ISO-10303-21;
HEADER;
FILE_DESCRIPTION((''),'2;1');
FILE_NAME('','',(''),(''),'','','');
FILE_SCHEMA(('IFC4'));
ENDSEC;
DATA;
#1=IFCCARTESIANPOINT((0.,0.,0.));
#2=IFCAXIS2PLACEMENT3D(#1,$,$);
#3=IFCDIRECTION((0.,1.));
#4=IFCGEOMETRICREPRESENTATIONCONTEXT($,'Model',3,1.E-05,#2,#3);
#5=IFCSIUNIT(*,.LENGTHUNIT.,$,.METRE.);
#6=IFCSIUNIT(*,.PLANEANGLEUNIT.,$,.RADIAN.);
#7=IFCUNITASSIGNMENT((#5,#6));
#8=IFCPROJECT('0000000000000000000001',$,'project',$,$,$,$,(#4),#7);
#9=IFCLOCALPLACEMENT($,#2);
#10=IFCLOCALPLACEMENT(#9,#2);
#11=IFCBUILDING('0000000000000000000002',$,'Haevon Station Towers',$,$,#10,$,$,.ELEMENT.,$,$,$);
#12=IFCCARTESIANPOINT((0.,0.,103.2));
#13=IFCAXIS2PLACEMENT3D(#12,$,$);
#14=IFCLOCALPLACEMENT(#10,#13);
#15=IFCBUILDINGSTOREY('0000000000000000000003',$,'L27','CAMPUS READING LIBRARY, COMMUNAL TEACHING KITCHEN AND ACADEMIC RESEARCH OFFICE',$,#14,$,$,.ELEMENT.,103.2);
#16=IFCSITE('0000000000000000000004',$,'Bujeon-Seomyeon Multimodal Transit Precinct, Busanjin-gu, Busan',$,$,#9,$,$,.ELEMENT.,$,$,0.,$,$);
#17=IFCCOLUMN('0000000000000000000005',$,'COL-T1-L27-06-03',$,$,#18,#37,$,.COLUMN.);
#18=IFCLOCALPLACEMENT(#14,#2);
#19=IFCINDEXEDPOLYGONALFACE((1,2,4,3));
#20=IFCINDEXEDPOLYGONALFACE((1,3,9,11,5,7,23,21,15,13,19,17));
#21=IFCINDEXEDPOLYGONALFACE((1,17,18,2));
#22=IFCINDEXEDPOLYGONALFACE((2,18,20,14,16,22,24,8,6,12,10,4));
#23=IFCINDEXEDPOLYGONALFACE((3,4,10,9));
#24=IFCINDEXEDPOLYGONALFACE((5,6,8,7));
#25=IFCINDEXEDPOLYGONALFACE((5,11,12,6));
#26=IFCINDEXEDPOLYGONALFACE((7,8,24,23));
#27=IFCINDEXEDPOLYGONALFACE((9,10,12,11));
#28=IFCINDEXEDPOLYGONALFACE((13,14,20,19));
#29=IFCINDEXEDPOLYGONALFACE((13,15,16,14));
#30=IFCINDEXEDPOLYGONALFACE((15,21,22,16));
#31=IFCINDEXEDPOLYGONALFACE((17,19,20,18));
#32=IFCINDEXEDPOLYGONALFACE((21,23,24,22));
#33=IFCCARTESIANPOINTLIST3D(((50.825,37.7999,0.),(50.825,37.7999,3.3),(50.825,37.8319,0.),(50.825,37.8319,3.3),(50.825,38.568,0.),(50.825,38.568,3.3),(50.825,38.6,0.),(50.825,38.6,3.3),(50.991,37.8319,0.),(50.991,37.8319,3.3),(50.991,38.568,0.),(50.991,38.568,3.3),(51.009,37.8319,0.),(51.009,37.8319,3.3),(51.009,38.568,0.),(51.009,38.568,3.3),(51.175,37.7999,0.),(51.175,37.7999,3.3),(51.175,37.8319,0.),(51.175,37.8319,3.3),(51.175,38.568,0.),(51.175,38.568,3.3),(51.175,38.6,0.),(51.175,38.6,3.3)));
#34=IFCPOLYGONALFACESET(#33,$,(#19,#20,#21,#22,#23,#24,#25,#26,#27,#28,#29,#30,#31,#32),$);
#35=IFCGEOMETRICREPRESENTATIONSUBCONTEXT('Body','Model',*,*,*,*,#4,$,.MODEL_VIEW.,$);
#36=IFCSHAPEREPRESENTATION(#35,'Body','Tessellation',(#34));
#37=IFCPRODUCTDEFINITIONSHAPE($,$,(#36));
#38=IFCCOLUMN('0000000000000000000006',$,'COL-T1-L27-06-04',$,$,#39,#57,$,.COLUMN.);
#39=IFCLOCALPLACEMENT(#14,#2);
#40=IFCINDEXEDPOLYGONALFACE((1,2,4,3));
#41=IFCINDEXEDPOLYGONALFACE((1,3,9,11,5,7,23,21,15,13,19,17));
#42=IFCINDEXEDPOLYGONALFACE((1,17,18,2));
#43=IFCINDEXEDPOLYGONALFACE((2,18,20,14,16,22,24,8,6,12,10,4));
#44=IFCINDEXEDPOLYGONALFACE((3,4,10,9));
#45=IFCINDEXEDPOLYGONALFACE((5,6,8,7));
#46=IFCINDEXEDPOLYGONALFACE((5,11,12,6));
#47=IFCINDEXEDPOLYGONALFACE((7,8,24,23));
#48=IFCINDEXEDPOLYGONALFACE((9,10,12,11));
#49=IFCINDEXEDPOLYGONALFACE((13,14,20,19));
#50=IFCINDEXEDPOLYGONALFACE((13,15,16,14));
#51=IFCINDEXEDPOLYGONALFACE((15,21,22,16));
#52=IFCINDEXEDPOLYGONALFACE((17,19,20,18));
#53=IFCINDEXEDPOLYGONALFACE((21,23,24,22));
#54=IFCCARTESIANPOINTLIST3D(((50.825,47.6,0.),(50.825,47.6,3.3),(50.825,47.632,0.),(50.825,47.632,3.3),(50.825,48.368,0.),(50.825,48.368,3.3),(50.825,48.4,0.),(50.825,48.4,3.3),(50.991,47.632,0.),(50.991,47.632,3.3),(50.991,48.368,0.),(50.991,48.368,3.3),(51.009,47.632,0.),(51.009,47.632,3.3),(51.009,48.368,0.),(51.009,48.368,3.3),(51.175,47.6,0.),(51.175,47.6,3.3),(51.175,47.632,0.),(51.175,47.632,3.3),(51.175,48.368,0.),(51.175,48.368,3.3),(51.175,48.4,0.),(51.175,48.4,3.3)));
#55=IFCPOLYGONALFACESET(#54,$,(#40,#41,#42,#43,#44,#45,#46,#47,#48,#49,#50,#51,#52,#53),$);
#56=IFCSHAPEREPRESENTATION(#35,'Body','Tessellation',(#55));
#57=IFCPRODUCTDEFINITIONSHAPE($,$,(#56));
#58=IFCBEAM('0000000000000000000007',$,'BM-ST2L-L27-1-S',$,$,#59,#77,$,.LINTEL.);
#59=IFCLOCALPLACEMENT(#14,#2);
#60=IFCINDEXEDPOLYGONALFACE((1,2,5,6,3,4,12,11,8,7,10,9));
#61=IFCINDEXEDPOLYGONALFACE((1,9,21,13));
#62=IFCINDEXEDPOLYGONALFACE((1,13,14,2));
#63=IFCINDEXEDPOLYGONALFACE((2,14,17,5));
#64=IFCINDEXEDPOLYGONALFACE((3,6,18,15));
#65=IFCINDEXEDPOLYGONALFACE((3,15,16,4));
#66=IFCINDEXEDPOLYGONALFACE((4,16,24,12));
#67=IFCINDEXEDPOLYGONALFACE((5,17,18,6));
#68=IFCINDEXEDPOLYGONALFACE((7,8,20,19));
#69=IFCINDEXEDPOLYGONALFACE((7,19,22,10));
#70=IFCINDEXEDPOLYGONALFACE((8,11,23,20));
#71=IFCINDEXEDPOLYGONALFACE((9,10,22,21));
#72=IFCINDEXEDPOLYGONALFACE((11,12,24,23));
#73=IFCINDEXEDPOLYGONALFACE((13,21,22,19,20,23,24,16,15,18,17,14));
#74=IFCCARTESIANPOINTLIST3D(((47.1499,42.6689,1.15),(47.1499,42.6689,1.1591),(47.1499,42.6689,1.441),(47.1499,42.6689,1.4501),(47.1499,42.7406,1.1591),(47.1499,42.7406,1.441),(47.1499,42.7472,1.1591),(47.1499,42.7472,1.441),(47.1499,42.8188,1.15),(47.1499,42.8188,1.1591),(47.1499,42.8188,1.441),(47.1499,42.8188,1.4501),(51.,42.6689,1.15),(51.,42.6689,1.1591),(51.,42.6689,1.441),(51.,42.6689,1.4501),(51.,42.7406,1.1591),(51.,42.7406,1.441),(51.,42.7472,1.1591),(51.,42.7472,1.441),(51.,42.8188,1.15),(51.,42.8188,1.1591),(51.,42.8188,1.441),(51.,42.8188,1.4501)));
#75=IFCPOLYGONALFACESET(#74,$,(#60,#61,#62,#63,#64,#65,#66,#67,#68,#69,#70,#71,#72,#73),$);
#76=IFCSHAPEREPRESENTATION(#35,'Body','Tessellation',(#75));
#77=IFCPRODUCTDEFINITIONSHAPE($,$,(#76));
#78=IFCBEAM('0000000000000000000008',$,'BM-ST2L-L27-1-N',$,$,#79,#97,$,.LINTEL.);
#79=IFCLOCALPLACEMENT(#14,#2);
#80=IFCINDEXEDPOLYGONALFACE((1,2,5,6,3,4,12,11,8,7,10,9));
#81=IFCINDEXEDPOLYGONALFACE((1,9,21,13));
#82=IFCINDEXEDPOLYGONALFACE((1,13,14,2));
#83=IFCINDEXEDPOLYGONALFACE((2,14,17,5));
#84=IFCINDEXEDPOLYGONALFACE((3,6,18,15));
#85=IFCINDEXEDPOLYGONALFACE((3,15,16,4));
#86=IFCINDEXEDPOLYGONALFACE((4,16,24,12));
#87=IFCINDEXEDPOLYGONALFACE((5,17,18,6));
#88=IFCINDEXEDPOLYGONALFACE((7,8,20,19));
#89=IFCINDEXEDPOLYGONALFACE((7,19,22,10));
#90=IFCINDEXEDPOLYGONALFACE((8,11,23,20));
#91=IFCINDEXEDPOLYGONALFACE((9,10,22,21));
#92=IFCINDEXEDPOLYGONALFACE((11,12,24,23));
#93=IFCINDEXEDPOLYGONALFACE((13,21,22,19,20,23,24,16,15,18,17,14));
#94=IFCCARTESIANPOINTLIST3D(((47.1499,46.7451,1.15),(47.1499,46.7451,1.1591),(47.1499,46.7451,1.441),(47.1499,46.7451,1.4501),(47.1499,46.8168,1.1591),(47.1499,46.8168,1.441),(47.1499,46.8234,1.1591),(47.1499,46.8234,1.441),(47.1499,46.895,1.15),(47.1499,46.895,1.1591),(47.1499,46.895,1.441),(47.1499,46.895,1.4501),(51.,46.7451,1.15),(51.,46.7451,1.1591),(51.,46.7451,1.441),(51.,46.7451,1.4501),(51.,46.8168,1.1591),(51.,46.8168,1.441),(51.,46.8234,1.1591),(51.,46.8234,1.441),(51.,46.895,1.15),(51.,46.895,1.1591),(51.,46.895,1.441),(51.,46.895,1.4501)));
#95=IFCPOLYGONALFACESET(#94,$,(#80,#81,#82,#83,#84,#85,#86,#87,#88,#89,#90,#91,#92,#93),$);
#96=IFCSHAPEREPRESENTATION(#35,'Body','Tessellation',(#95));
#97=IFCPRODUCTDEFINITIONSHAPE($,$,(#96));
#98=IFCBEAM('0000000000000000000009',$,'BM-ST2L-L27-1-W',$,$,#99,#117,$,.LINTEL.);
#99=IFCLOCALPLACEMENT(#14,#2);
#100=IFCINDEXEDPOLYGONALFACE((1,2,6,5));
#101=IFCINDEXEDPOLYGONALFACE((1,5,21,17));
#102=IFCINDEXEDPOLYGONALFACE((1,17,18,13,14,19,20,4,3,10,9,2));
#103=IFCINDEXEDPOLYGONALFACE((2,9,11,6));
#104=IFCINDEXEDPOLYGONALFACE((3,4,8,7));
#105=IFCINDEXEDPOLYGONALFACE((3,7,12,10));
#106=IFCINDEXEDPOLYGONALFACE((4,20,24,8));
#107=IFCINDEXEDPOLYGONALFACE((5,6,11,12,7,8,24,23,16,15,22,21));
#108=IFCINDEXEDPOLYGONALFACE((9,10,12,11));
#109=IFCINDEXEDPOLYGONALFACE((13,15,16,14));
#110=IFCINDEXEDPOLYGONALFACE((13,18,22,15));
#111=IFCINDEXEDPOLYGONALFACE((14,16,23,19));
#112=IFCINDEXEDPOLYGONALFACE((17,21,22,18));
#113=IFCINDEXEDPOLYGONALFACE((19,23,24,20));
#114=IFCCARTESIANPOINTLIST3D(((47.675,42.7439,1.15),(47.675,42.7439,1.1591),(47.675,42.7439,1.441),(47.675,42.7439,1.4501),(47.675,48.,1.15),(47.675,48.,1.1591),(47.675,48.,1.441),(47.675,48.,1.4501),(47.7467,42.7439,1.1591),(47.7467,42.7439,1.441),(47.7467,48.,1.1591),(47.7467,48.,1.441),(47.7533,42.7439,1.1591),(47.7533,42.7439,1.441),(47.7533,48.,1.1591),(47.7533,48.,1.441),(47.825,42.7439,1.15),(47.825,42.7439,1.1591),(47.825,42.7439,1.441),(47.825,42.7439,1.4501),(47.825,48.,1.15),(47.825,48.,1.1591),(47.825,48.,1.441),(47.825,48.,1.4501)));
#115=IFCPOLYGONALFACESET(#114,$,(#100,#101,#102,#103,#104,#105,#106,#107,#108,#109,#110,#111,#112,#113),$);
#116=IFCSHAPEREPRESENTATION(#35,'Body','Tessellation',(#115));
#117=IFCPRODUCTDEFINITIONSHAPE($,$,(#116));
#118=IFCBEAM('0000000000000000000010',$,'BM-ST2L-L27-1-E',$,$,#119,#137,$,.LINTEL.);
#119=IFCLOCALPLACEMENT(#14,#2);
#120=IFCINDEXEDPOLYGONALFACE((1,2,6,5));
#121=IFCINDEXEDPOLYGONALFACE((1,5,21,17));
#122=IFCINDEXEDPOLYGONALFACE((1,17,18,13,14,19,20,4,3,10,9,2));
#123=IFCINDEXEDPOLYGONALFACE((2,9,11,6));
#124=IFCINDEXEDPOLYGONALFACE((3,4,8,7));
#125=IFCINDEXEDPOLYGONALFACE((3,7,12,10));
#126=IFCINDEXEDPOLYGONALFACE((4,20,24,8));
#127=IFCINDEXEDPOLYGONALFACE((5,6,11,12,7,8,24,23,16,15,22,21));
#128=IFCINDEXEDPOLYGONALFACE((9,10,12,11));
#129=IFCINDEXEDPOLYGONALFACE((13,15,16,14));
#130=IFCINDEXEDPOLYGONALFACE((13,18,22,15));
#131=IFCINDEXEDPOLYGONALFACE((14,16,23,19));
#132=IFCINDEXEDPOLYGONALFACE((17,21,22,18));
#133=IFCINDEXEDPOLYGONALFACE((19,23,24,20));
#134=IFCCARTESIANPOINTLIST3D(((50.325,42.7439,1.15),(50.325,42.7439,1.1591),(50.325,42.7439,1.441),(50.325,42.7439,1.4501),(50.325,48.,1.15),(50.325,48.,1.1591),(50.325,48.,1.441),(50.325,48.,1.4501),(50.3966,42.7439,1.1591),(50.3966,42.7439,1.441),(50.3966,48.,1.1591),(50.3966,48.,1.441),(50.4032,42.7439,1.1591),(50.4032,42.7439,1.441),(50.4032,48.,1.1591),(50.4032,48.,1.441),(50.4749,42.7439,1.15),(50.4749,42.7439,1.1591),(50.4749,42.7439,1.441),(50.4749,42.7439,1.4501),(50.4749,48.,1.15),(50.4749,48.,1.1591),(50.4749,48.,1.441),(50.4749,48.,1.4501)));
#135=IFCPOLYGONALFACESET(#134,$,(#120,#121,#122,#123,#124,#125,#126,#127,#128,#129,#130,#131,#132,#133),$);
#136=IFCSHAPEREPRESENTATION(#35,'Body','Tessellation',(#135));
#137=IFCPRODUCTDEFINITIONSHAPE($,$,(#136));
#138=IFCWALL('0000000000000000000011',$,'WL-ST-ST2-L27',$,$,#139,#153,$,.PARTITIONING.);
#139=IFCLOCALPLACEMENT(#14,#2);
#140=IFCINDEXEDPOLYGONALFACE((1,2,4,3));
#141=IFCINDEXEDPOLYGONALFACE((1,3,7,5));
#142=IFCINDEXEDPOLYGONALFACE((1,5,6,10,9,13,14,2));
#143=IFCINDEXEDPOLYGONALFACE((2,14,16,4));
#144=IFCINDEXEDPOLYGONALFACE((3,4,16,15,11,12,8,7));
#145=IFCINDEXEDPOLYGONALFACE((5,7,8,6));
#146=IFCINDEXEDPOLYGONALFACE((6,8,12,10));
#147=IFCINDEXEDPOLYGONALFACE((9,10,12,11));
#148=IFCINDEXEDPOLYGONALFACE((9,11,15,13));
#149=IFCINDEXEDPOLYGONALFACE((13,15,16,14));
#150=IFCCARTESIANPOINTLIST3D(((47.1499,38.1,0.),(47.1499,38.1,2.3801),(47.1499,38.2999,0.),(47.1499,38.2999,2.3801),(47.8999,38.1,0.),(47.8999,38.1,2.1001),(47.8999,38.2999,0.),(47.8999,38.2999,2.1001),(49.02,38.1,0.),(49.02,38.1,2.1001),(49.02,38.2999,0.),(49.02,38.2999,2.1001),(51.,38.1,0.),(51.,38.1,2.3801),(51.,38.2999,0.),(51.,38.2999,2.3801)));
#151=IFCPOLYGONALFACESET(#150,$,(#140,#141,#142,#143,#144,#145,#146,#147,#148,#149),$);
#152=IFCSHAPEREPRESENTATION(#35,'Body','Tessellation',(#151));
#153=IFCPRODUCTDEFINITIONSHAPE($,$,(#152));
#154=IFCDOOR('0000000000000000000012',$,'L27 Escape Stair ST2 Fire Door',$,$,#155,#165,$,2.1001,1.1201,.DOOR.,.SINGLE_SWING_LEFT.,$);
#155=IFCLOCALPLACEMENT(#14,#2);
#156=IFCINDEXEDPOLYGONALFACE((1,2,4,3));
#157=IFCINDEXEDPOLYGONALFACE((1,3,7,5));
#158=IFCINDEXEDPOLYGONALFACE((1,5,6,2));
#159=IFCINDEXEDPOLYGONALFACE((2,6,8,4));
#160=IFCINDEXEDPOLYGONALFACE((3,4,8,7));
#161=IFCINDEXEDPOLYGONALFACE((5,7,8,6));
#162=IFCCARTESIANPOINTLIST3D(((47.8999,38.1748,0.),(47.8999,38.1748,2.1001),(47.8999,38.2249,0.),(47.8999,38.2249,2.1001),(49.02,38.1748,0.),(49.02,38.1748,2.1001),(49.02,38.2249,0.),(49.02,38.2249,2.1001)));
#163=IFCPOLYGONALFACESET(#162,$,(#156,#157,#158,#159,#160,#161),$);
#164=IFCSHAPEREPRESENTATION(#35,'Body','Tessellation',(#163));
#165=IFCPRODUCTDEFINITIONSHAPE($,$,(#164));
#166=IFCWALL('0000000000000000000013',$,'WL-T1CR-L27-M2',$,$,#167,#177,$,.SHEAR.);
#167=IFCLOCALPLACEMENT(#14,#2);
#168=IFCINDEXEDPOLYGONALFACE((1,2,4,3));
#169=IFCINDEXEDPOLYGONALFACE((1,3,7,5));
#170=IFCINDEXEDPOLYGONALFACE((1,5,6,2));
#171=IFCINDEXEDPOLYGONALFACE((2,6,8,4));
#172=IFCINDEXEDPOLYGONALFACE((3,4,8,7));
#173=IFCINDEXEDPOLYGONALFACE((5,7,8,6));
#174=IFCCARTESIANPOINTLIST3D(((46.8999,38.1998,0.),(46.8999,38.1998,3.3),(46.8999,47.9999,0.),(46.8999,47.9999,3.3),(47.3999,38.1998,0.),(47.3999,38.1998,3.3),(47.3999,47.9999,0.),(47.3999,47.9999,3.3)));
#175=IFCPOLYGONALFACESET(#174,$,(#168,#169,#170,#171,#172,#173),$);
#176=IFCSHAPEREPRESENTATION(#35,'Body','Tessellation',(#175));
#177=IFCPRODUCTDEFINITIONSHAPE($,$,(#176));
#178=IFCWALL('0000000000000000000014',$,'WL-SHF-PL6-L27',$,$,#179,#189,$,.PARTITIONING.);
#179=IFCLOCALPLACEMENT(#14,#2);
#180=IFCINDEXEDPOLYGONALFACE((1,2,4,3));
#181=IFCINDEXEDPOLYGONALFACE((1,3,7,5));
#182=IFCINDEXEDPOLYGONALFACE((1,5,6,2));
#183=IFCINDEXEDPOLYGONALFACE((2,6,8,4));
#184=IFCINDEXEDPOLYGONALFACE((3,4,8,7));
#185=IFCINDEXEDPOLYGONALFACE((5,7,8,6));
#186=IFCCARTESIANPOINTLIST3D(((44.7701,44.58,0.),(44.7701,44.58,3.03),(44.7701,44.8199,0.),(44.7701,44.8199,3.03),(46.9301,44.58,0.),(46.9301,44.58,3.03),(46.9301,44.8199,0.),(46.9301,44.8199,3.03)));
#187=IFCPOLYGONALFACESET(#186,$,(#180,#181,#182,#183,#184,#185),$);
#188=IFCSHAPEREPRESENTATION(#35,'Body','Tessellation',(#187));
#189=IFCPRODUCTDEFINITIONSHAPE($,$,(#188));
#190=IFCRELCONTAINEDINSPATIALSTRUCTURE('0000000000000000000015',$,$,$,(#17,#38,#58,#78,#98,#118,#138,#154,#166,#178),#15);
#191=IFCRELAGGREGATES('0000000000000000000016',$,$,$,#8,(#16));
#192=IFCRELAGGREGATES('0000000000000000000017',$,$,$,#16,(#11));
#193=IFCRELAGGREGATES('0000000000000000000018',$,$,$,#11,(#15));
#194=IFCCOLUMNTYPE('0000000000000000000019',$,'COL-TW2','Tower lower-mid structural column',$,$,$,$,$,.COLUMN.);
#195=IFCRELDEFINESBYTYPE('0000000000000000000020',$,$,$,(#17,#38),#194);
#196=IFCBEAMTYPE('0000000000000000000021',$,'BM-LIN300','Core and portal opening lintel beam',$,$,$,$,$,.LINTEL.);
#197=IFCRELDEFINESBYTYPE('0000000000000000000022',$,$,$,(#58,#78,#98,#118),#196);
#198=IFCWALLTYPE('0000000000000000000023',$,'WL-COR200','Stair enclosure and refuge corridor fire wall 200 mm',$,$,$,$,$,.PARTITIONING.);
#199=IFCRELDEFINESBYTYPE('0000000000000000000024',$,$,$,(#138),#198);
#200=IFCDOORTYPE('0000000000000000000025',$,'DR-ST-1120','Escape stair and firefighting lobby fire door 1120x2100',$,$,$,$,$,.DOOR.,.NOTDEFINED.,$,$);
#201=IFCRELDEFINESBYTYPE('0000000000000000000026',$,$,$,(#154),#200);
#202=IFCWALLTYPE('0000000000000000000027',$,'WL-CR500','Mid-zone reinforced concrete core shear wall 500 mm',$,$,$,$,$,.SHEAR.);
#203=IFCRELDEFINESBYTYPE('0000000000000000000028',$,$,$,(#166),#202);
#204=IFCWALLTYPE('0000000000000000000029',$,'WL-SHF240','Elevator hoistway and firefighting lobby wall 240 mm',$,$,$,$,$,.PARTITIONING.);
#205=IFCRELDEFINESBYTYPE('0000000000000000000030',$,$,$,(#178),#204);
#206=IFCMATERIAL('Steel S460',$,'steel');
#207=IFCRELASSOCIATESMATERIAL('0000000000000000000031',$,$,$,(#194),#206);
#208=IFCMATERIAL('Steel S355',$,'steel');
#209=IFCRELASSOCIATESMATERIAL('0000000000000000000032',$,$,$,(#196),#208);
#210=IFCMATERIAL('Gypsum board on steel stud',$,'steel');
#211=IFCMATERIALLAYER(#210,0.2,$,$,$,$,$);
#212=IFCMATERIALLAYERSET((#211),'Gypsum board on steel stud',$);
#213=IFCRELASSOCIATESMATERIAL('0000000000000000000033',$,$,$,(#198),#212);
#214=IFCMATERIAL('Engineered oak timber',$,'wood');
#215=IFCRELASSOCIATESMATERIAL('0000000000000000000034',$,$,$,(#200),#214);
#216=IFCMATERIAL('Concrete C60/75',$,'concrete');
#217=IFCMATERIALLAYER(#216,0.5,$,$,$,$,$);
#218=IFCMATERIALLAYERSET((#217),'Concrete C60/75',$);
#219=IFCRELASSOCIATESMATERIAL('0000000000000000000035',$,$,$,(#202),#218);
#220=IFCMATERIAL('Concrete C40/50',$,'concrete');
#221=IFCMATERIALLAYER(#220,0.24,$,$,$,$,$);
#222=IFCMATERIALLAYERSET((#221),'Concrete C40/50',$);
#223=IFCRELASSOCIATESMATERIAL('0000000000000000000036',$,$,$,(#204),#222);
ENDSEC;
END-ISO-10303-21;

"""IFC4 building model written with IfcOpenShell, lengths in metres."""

from ifc_helpers import new_model, si_unit, direction, frame, frame_2d, origin, origin_2d, place, context, subcontext, project, spatial, rectangle, i_section, extrude, material, layer, layer_set, material_profile, profile_set, type_object, element, fill, save


model = new_model("IFC4")

# Units and contexts
model_context = context("Model", 3, precision=1e-05, world=origin(), true_north=direction((0.0, 1.0)))
body_context = subcontext(model_context, "Body", "Model", "MODEL_VIEW")
ifc_project = project(units=[si_unit("LENGTHUNIT", "METRE"), si_unit("PLANEANGLEUNIT", "RADIAN")], contexts=[model_context])

# Site, building, storey
site_placement = place(None, origin())
site = spatial("IfcSite", under=ifc_project, at=site_placement, Name="Bujeon-Seomyeon Multimodal Transit Precinct, Busanjin-gu, Busan", CompositionType="ELEMENT", RefElevation=0.0)
building_placement = place(site_placement, origin())
building = spatial("IfcBuilding", under=site, at=building_placement, Name="Haevon Station Towers", CompositionType="ELEMENT")
storey_placement = place(building_placement, frame((0.0, 0.0, 103.2)))
storey = spatial("IfcBuildingStorey", under=building, at=storey_placement, Name="L27", Description="CAMPUS READING LIBRARY, COMMUNAL TEACHING KITCHEN AND ACADEMIC RESEARCH OFFICE", CompositionType="ELEMENT", Elevation=103.2)

# Columns
ifc_material_1 = material(Name="Steel S460", Category="steel")
ifc_material_profile_1 = material_profile(ifc_material_1, i_section(OverallWidth=0.3501, OverallDepth=0.8, WebThickness=0.0181, FlangeThickness=0.032, at=origin_2d()), Name="H-800x350x18x32")
ifc_profile_set_1 = profile_set([ifc_material_profile_1], Name="Steel S460")
column_type = type_object("IfcColumnType", Name="COL-TW2", Description="Tower lower-mid structural column", PredefinedType="COLUMN", material=ifc_profile_set_1)
for number, where, z_axis, x_axis, name in (
    (1, (51.0, 38.2, 0.0), (0.0, 0.0, 1.0), (1.0, 0.0, 0.0), "COL-T1-L27-06-03"),
    (2, (51.0, 48.0, 0.0), (0.0, 0.0, 1.0), (1.0, 0.0, 0.0), "COL-T1-L27-06-04"),
):
    element("IfcColumn", number, at=place(storey_placement, frame(where, z_axis=z_axis, x_axis=x_axis)), inside=storey, type_object=column_type, Name=name, PredefinedType="COLUMN", context=body_context, shape_type="SweptSolid", body=[
        extrude(i_section(OverallWidth=0.3501, OverallDepth=0.8, WebThickness=0.0181, FlangeThickness=0.032, at=origin_2d()), origin(), (0.0, 0.0, 1.0), 3.3),
    ])

# Beams
ifc_material_2 = material(Name="Steel S355", Category="steel")
ifc_material_profile_2 = material_profile(ifc_material_2, i_section(OverallWidth=0.1499, OverallDepth=0.3, WebThickness=0.0066, FlangeThickness=0.009, at=origin_2d()), Name="H-300x150x6.5x9")
ifc_profile_set_2 = profile_set([ifc_material_profile_2], Name="Steel S355")
beam_type = type_object("IfcBeamType", Name="BM-LIN300", Description="Core and portal opening lintel beam", PredefinedType="LINTEL", material=ifc_profile_set_2)
for number, where, z_axis, x_axis, name in (
    (3, (47.1499, 42.7439, 1.3), (1.0, 0.0, 0.0), (0.0, 1.0, 0.0), "BM-ST2L-L27-1-S"),
    (4, (47.1499, 46.8201, 1.3), (1.0, 0.0, 0.0), (0.0, 1.0, 0.0), "BM-ST2L-L27-1-N"),
):
    element("IfcBeam", number, at=place(storey_placement, frame(where, z_axis=z_axis, x_axis=x_axis)), inside=storey, type_object=beam_type, Name=name, PredefinedType="LINTEL", context=body_context, shape_type="SweptSolid", body=[
        extrude(i_section(OverallWidth=0.1499, OverallDepth=0.3, WebThickness=0.0066, FlangeThickness=0.009, at=origin_2d()), origin(), (0.0, 0.0, 1.0), 3.8501),
    ])
for number, where, z_axis, x_axis, name in (
    (5, (47.75, 42.7439, 1.3), (0.0, 1.0, 0.0), (-1.0, 0.0, 0.0), "BM-ST2L-L27-1-W"),
    (6, (50.3999, 42.7439, 1.3), (0.0, 1.0, 0.0), (-1.0, 0.0, 0.0), "BM-ST2L-L27-1-E"),
):
    element("IfcBeam", number, at=place(storey_placement, frame(where, z_axis=z_axis, x_axis=x_axis)), inside=storey, type_object=beam_type, Name=name, PredefinedType="LINTEL", context=body_context, shape_type="SweptSolid", body=[
        extrude(i_section(OverallWidth=0.1499, OverallDepth=0.3, WebThickness=0.0066, FlangeThickness=0.009, at=origin_2d()), origin(), (0.0, 0.0, 1.0), 5.2561),
    ])

# Wall, opening, door
ifc_material_3 = material(Name="Gypsum board on steel stud", Category="steel")
ifc_layer_1 = layer(ifc_material_3, 0.2)
ifc_layer_set_1 = layer_set([ifc_layer_1], Name="Gypsum board on steel stud")
wall_type_1 = type_object("IfcWallType", Name="WL-COR200", Description="Stair enclosure and refuge corridor fire wall 200 mm", PredefinedType="PARTITIONING", material=ifc_layer_set_1)
wall_1_placement = place(storey_placement, frame((47.1499, 38.2, 0.0), z_axis=(0.0, 0.0, 1.0), x_axis=(1.0, 0.0, 0.0)))
wall_1 = element("IfcWall", 7, at=wall_1_placement, inside=storey, type_object=wall_type_1, Name="WL-ST-ST2-L27", PredefinedType="PARTITIONING", context=body_context, shape_type="SweptSolid", body=[
    extrude(rectangle(XDim=3.8501, YDim=0.2, at=frame_2d((1.925, 0.0))), origin(), (0.0, 0.0, 1.0), 2.3801),
])
opening_placement = place(wall_1_placement, frame((0.75, 0.0, 0.0)))
opening = element("IfcOpeningElement", 8, at=opening_placement, cuts=wall_1, PredefinedType="OPENING", context=body_context, shape_type="SweptSolid", body=[
    extrude(rectangle(XDim=1.1201, YDim=2.1001, at=frame_2d((0.5601, 1.05))), frame((0.0, 0.1099, 0.0), z_axis=(0.0, -1.0, 0.0), x_axis=(1.0, 0.0, 0.0)), (0.0, 0.0, 1.0), 0.22),
])
ifc_material_4 = material(Name="Engineered oak timber", Category="wood")
door_type = type_object("IfcDoorType", Name="DR-ST-1120", Description="Escape stair and firefighting lobby fire door 1120x2100", OperationType="NOTDEFINED", PredefinedType="DOOR", material=ifc_material_4)
door_placement = place(opening_placement, origin())
door = element("IfcDoor", 9, at=door_placement, inside=storey, type_object=door_type, Name="L27 Escape Stair ST2 Fire Door", OperationType="SINGLE_SWING_LEFT", OverallHeight=2.1001, OverallWidth=1.1201, PredefinedType="DOOR", context=body_context, shape_type="SweptSolid", body=[
    extrude(rectangle(XDim=1.1201, YDim=2.1001, at=frame_2d((0.5601, 1.05))), frame((0.0, 0.0249, 0.0), z_axis=(0.0, -1.0, 0.0), x_axis=(1.0, 0.0, 0.0)), (0.0, 0.0, 1.0), 0.05),
])
fill(opening, door)

# Walls
ifc_material_5 = material(Name="Concrete C60/75", Category="concrete")
ifc_layer_2 = layer(ifc_material_5, 0.5)
ifc_layer_set_2 = layer_set([ifc_layer_2], Name="Concrete C60/75")
wall_type_2 = type_object("IfcWallType", Name="WL-CR500", Description="Mid-zone reinforced concrete core shear wall 500 mm", PredefinedType="SHEAR", material=ifc_layer_set_2)
wall_2_placement = place(storey_placement, frame((47.1499, 38.2, 0.0), z_axis=(0.0, 0.0, 1.0), x_axis=(0.0, 1.0, 0.0)))
element("IfcWall", 10, at=wall_2_placement, inside=storey, type_object=wall_type_2, Name="WL-T1CR-L27-M2", PredefinedType="SHEAR", context=body_context, shape_type="SweptSolid", body=[
    extrude(rectangle(XDim=9.8, YDim=0.5, at=frame_2d((4.8999, 0.0))), origin(), (0.0, 0.0, 1.0), 3.3),
])
ifc_material_6 = material(Name="Concrete C40/50", Category="concrete")
ifc_layer_3 = layer(ifc_material_6, 0.24)
ifc_layer_set_3 = layer_set([ifc_layer_3], Name="Concrete C40/50")
wall_type_3 = type_object("IfcWallType", Name="WL-SHF240", Description="Elevator hoistway and firefighting lobby wall 240 mm", PredefinedType="PARTITIONING", material=ifc_layer_set_3)
for number, where, z_axis, x_axis, name in (
    (11, (44.77, 44.7, 0.0), (0.0, 0.0, 1.0), (1.0, 0.0, 0.0), "WL-SHF-PL6-L27"),
):
    element("IfcWall", number, at=place(storey_placement, frame(where, z_axis=z_axis, x_axis=x_axis)), inside=storey, type_object=wall_type_3, Name=name, PredefinedType="PARTITIONING", context=body_context, shape_type="SweptSolid", body=[
        extrude(rectangle(XDim=2.1599, YDim=0.24, at=frame_2d((1.0801, 0.0))), origin(), (0.0, 0.0, 1.0), 3.03),
    ])

save(model, "model.ifc")
